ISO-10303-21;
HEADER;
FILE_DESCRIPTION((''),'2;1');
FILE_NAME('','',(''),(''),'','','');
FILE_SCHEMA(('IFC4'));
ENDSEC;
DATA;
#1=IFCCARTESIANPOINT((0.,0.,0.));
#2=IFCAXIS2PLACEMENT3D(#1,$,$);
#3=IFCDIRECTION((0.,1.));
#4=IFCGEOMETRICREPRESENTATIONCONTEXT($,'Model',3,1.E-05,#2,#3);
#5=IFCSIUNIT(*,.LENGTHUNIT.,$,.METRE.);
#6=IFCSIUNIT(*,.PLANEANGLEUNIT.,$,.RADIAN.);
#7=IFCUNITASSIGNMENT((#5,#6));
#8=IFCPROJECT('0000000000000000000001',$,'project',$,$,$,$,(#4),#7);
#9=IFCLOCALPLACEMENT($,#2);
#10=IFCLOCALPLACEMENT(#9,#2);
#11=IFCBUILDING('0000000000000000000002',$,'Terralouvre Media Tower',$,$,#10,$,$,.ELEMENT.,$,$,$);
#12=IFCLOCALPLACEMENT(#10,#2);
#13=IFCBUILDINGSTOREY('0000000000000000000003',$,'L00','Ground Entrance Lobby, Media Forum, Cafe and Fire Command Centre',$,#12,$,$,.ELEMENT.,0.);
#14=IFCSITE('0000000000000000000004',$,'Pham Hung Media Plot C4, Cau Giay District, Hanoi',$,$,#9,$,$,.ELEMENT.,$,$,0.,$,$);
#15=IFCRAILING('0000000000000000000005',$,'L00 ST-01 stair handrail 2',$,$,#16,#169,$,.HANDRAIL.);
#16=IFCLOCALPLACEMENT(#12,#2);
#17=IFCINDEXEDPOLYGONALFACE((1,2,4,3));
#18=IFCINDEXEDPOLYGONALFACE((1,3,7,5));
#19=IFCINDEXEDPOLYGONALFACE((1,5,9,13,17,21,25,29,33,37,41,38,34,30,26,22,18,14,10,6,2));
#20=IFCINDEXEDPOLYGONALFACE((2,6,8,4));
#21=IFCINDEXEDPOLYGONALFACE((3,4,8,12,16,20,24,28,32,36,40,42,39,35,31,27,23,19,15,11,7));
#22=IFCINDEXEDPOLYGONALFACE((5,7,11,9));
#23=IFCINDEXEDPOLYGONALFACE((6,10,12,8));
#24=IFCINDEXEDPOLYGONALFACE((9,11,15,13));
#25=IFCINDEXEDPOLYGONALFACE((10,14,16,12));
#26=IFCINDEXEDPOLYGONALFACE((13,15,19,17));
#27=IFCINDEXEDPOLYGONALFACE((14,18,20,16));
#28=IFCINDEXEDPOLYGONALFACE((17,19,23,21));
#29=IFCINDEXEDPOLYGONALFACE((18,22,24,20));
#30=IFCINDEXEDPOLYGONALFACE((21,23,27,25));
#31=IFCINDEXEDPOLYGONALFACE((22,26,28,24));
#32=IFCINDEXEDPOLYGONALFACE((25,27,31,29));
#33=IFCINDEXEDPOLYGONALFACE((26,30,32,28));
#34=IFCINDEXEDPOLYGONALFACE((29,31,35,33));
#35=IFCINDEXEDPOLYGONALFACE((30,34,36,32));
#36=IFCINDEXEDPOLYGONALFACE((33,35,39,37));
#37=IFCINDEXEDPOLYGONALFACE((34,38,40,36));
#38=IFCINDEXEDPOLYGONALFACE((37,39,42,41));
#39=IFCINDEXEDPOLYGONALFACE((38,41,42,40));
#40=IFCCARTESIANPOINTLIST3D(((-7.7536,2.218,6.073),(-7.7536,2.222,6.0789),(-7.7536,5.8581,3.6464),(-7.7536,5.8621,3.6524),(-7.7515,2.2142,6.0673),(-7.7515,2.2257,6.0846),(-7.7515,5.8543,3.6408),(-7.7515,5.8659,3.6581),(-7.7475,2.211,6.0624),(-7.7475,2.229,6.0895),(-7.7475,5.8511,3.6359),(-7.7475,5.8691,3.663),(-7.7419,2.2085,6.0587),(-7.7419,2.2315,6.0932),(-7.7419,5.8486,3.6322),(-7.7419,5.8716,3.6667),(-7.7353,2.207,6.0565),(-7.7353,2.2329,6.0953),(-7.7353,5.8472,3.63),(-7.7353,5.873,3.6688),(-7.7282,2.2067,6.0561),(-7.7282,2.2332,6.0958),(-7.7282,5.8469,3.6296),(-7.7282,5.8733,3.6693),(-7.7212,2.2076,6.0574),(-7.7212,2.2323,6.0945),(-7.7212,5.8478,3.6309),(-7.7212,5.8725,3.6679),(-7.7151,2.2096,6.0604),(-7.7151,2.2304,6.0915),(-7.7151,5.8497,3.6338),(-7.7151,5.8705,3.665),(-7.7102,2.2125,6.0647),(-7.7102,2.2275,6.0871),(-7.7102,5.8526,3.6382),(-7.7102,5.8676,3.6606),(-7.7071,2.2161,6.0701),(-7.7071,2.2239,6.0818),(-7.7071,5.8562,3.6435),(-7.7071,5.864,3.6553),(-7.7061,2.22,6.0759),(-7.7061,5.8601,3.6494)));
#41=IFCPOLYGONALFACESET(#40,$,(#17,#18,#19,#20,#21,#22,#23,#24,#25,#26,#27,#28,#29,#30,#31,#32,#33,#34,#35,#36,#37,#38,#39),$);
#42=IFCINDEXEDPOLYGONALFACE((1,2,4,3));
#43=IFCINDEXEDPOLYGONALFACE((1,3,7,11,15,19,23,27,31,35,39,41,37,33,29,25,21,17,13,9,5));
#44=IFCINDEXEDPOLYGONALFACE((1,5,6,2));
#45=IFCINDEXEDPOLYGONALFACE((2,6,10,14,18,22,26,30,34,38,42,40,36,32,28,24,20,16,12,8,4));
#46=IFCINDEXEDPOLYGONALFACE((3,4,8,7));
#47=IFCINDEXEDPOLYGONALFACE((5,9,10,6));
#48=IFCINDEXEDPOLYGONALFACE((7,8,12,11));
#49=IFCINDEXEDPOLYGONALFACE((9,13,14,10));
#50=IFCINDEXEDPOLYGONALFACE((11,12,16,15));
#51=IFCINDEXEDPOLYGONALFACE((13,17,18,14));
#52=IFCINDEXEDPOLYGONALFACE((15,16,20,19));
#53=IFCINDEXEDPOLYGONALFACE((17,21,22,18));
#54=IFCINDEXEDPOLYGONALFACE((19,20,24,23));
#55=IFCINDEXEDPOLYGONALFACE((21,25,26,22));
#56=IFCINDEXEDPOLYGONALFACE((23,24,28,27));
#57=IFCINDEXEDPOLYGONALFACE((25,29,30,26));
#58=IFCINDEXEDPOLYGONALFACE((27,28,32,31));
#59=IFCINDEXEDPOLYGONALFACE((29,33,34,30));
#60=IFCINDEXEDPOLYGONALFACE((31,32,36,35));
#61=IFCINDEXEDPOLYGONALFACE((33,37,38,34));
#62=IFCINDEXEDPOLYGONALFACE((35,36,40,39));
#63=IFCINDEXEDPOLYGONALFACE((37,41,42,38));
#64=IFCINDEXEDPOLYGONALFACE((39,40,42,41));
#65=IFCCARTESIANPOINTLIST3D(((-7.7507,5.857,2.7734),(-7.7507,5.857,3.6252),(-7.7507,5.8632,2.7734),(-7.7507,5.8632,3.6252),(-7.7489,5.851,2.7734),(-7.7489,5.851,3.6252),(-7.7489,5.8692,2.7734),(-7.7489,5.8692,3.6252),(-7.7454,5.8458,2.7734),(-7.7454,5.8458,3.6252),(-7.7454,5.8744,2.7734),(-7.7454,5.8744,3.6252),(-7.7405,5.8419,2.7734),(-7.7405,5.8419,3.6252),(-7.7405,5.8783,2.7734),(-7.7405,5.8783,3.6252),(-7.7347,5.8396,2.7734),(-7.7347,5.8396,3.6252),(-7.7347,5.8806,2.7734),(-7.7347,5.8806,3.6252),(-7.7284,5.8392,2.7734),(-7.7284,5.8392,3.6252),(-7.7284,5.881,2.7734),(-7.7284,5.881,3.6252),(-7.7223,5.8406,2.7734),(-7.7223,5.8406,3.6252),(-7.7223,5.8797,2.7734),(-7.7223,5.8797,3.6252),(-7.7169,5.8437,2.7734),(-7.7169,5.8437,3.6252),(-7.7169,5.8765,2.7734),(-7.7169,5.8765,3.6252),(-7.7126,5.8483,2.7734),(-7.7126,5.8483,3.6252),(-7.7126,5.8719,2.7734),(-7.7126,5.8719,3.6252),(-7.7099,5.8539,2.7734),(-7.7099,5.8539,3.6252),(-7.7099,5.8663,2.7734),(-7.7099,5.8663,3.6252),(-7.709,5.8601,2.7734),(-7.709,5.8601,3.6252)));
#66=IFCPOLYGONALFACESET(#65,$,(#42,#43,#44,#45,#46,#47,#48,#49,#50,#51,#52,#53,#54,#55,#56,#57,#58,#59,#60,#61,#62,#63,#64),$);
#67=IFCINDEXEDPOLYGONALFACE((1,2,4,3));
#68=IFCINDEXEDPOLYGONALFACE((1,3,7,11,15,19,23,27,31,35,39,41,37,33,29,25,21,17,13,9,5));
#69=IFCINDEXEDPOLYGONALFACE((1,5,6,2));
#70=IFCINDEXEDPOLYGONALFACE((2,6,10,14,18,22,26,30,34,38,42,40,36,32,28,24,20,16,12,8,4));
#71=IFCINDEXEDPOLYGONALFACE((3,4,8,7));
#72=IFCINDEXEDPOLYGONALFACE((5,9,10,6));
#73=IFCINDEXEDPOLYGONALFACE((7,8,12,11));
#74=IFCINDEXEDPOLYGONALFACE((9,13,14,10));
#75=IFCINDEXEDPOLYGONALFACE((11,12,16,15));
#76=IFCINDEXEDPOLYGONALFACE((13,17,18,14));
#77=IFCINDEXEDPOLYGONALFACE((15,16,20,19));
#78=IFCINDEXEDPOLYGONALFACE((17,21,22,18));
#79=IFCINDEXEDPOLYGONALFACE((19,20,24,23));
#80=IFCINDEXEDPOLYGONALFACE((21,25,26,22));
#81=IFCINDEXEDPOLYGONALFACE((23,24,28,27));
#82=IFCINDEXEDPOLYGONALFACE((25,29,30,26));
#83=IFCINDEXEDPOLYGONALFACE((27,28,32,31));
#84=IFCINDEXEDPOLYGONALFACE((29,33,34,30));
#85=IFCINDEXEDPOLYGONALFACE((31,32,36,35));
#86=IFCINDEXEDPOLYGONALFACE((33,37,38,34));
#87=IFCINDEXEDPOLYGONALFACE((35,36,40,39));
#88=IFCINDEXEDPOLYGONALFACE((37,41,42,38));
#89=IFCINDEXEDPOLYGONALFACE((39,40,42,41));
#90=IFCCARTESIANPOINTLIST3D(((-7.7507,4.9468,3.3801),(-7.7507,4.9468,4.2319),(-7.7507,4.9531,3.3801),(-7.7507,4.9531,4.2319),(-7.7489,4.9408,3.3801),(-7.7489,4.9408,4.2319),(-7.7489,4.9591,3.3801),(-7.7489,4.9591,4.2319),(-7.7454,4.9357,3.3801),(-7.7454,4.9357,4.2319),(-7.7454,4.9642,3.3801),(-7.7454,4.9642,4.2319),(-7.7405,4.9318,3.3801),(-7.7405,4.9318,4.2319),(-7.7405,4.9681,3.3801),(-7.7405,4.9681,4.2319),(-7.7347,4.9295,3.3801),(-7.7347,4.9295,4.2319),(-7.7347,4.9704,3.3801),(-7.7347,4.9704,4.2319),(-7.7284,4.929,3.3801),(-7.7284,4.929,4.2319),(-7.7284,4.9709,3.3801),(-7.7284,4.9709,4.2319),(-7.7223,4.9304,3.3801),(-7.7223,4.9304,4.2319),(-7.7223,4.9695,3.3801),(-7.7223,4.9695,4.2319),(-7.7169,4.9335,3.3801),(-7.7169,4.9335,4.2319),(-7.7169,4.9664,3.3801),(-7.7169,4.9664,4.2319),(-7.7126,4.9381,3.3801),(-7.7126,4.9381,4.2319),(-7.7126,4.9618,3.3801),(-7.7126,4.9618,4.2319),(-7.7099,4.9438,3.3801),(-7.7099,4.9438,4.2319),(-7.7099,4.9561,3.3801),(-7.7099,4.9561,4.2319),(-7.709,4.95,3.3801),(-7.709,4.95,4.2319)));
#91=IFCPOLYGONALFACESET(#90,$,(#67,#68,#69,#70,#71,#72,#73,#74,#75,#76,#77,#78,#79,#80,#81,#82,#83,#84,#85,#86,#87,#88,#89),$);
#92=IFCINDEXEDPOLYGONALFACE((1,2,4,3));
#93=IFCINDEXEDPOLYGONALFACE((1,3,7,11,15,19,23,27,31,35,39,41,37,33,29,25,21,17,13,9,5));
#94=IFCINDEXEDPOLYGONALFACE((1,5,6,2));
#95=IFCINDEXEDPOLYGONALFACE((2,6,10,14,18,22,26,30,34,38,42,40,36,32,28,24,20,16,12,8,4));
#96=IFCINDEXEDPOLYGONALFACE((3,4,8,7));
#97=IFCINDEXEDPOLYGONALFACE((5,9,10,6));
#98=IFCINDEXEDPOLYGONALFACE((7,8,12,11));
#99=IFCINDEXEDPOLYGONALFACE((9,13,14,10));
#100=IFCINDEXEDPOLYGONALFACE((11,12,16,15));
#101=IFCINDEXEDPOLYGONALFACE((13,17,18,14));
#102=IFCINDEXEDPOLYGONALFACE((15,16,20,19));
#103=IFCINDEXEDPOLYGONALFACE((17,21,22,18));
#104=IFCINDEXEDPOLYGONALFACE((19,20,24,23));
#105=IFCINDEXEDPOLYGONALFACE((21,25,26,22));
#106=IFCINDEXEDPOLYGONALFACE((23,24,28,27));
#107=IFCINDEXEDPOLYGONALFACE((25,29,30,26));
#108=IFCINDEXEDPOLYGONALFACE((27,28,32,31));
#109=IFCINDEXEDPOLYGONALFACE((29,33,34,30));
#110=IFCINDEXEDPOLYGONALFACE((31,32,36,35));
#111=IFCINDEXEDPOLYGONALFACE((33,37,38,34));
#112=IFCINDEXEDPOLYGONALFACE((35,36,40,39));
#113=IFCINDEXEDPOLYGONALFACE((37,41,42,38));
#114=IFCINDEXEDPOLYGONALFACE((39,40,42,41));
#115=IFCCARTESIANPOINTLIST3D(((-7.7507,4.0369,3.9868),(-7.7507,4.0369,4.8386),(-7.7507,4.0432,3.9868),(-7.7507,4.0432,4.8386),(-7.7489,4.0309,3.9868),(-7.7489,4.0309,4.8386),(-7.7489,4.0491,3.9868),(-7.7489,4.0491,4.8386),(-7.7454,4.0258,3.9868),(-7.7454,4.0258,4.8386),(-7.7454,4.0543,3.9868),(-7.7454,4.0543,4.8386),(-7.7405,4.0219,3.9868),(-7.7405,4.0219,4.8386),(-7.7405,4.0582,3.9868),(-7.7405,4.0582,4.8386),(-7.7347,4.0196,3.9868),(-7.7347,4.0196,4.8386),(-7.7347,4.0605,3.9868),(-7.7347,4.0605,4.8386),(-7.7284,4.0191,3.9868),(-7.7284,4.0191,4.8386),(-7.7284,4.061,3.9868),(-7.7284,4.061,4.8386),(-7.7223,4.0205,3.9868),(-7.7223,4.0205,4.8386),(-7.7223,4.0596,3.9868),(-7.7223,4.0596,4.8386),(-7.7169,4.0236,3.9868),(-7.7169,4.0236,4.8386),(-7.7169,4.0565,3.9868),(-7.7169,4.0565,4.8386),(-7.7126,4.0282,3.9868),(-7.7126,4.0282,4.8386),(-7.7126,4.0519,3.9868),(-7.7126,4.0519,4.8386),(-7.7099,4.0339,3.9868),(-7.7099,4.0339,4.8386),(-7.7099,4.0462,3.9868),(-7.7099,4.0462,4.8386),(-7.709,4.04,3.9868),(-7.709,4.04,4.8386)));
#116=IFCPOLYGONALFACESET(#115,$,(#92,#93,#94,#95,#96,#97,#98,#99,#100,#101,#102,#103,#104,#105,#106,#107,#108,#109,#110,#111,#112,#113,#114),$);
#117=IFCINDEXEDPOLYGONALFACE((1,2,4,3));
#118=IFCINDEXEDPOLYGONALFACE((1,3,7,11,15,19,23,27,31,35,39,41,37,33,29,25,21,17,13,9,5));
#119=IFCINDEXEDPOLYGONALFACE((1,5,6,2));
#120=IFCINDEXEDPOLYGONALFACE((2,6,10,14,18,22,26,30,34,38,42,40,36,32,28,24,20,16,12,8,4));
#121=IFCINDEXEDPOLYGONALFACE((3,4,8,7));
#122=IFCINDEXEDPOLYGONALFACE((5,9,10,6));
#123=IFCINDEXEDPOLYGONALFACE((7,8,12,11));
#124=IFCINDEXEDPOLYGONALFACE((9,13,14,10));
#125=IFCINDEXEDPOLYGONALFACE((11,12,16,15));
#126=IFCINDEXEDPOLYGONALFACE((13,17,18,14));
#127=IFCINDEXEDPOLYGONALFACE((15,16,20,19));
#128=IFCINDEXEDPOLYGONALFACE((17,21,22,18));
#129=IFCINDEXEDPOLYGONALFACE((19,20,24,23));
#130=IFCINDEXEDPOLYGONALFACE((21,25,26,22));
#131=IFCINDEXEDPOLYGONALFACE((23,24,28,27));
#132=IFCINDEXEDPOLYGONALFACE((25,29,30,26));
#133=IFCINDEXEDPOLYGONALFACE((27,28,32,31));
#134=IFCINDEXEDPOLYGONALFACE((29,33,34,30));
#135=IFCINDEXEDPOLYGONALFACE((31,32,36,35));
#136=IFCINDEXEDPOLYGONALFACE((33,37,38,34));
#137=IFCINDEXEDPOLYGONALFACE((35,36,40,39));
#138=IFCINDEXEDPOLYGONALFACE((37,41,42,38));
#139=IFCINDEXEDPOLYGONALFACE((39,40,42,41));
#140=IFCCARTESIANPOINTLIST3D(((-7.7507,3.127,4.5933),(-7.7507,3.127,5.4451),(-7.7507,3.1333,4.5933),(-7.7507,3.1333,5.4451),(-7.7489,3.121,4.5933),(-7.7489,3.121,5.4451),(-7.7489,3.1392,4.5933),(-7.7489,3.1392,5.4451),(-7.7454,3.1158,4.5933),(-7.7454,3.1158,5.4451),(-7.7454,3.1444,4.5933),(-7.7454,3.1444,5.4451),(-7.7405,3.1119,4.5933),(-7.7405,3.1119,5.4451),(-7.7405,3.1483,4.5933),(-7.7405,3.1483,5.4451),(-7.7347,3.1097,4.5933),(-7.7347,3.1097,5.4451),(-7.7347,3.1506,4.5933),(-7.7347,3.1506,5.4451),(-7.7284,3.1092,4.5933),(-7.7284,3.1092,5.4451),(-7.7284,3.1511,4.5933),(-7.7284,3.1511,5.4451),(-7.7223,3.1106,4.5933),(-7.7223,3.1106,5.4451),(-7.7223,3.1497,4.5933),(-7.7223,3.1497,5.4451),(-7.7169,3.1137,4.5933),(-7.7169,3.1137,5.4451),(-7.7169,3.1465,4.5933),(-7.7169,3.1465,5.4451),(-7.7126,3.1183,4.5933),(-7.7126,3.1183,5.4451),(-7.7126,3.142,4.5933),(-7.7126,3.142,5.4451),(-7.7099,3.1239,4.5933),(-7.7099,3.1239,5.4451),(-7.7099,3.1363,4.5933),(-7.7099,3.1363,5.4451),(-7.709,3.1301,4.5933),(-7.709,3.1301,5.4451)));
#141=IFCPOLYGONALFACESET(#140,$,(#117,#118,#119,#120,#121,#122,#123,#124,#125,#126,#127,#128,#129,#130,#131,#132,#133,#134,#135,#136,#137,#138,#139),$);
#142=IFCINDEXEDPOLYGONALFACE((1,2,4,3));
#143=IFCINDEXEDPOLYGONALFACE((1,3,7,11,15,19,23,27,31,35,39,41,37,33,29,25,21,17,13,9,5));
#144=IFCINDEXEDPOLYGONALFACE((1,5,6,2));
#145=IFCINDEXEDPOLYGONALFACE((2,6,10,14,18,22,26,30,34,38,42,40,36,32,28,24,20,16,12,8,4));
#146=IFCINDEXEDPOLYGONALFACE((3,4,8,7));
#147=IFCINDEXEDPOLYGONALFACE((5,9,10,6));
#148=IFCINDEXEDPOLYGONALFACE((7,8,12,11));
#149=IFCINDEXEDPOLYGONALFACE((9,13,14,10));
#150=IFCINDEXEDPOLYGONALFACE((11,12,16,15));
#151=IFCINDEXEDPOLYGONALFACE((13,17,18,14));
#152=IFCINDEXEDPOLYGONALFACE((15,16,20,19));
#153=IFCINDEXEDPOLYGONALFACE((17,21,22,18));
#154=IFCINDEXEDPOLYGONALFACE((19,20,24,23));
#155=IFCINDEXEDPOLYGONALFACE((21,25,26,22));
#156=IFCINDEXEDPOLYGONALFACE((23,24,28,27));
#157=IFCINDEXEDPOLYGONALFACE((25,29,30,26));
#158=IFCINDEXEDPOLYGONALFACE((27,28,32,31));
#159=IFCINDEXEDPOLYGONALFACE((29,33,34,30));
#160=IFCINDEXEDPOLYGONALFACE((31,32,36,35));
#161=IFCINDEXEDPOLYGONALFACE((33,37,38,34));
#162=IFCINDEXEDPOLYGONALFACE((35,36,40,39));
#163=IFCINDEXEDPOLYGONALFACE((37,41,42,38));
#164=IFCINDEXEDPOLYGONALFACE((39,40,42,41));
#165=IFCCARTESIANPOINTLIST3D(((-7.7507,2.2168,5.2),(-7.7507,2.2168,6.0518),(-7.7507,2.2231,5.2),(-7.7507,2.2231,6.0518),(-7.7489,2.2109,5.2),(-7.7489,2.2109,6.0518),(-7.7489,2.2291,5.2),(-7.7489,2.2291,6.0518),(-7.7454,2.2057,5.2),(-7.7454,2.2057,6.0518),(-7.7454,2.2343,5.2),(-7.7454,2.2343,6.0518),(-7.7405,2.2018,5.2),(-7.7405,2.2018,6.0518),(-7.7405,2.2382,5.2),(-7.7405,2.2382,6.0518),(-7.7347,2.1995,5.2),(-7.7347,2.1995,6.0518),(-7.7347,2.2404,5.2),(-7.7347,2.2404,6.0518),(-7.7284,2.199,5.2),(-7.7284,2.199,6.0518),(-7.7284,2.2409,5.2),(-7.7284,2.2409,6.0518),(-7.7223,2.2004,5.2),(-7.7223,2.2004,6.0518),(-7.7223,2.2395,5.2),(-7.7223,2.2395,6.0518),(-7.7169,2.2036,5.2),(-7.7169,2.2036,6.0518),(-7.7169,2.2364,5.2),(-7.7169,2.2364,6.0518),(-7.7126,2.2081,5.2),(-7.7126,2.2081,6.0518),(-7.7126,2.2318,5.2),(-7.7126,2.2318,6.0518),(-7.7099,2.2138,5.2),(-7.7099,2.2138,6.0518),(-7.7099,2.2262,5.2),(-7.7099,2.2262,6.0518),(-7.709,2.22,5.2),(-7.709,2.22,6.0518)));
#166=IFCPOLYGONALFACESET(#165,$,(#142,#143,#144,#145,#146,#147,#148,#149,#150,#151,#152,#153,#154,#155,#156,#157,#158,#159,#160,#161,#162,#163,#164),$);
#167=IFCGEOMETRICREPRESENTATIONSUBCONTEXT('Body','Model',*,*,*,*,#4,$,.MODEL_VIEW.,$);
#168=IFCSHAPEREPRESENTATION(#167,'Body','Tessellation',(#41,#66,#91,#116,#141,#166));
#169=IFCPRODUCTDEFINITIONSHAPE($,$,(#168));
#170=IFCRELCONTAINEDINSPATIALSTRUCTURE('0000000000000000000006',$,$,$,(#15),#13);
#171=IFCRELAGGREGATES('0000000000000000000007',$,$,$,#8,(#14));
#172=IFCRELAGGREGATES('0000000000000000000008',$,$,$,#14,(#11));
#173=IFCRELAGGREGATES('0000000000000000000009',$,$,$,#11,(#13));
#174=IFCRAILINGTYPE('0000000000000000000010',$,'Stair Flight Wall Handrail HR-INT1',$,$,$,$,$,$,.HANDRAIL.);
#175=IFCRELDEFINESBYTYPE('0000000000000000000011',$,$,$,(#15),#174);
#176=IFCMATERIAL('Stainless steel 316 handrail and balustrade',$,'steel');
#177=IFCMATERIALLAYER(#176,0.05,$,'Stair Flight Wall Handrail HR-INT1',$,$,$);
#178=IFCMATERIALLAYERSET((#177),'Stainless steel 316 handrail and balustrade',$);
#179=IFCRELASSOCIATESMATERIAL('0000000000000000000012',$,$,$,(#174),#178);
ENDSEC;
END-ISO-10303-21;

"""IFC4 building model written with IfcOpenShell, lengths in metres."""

from ifc_helpers import new_model, si_unit, direction, frame, origin, origin_2d, place, context, subcontext, project, spatial, circle, extrude, material, layer, layer_set, type_object, element, save


model = new_model("IFC4")

# Units and contexts
model_context = context("Model", 3, precision=1e-05, world=origin(), true_north=direction((0.0, 1.0)))
body_context = subcontext(model_context, "Body", "Model", "MODEL_VIEW")
ifc_project = project(units=[si_unit("LENGTHUNIT", "METRE"), si_unit("PLANEANGLEUNIT", "RADIAN")], contexts=[model_context])

# Site, building, storey
site_placement = place(None, origin())
site = spatial("IfcSite", under=ifc_project, at=site_placement, Name="Pham Hung Media Plot C4, Cau Giay District, Hanoi", CompositionType="ELEMENT", RefElevation=0.0)
building_placement = place(site_placement, origin())
building = spatial("IfcBuilding", under=site, at=building_placement, Name="Terralouvre Media Tower", CompositionType="ELEMENT")
storey_placement = place(building_placement, origin())
storey = spatial("IfcBuildingStorey", under=building, at=storey_placement, Name="L00", Description="Ground Entrance Lobby, Media Forum, Cafe and Fire Command Centre", CompositionType="ELEMENT", Elevation=0.0)

# Railing
ifc_material_1 = material(Name="Stainless steel 316 handrail and balustrade", Category="steel")
ifc_layer_1 = layer(ifc_material_1, 0.05, Name="Stair Flight Wall Handrail HR-INT1")
ifc_layer_set_1 = layer_set([ifc_layer_1], Name="Stainless steel 316 handrail and balustrade")
railing_type_1 = type_object("IfcRailingType", Name="Stair Flight Wall Handrail HR-INT1", PredefinedType="HANDRAIL", material=ifc_layer_set_1)
railing_1_placement = place(storey_placement, frame((-7.73, 5.8601, 2.7734)))
element("IfcRailing", 1, at=railing_1_placement, inside=storey, type_object=railing_type_1, Name="L00 ST-01 stair handrail 2", PredefinedType="HANDRAIL", context=body_context, shape_type="SweptSolid", body=[
    extrude(circle(Radius=0.0239, at=origin_2d()), frame((0.0, 0.0, 0.876), z_axis=(0.0, -0.832076, 0.554662), x_axis=(1.0, 0.0, 0.0)), (0.0, 0.0, 1.0), 4.3748),
    extrude(circle(Radius=0.021, at=origin_2d()), origin(), (0.0, 0.0, 1.0), 0.8518),
    extrude(circle(Radius=0.021, at=origin_2d()), frame((0.0, -0.9102, 0.6067)), (0.0, 0.0, 1.0), 0.8518),
    extrude(circle(Radius=0.021, at=origin_2d()), frame((0.0, -1.8201, 1.2134)), (0.0, 0.0, 1.0), 0.8518),
    extrude(circle(Radius=0.021, at=origin_2d()), frame((0.0, -2.73, 1.8198)), (0.0, 0.0, 1.0), 0.8518),
    extrude(circle(Radius=0.021, at=origin_2d()), frame((0.0, -3.6401, 2.4265)), (0.0, 0.0, 1.0), 0.8518),
])

save(model, "model.ifc")
